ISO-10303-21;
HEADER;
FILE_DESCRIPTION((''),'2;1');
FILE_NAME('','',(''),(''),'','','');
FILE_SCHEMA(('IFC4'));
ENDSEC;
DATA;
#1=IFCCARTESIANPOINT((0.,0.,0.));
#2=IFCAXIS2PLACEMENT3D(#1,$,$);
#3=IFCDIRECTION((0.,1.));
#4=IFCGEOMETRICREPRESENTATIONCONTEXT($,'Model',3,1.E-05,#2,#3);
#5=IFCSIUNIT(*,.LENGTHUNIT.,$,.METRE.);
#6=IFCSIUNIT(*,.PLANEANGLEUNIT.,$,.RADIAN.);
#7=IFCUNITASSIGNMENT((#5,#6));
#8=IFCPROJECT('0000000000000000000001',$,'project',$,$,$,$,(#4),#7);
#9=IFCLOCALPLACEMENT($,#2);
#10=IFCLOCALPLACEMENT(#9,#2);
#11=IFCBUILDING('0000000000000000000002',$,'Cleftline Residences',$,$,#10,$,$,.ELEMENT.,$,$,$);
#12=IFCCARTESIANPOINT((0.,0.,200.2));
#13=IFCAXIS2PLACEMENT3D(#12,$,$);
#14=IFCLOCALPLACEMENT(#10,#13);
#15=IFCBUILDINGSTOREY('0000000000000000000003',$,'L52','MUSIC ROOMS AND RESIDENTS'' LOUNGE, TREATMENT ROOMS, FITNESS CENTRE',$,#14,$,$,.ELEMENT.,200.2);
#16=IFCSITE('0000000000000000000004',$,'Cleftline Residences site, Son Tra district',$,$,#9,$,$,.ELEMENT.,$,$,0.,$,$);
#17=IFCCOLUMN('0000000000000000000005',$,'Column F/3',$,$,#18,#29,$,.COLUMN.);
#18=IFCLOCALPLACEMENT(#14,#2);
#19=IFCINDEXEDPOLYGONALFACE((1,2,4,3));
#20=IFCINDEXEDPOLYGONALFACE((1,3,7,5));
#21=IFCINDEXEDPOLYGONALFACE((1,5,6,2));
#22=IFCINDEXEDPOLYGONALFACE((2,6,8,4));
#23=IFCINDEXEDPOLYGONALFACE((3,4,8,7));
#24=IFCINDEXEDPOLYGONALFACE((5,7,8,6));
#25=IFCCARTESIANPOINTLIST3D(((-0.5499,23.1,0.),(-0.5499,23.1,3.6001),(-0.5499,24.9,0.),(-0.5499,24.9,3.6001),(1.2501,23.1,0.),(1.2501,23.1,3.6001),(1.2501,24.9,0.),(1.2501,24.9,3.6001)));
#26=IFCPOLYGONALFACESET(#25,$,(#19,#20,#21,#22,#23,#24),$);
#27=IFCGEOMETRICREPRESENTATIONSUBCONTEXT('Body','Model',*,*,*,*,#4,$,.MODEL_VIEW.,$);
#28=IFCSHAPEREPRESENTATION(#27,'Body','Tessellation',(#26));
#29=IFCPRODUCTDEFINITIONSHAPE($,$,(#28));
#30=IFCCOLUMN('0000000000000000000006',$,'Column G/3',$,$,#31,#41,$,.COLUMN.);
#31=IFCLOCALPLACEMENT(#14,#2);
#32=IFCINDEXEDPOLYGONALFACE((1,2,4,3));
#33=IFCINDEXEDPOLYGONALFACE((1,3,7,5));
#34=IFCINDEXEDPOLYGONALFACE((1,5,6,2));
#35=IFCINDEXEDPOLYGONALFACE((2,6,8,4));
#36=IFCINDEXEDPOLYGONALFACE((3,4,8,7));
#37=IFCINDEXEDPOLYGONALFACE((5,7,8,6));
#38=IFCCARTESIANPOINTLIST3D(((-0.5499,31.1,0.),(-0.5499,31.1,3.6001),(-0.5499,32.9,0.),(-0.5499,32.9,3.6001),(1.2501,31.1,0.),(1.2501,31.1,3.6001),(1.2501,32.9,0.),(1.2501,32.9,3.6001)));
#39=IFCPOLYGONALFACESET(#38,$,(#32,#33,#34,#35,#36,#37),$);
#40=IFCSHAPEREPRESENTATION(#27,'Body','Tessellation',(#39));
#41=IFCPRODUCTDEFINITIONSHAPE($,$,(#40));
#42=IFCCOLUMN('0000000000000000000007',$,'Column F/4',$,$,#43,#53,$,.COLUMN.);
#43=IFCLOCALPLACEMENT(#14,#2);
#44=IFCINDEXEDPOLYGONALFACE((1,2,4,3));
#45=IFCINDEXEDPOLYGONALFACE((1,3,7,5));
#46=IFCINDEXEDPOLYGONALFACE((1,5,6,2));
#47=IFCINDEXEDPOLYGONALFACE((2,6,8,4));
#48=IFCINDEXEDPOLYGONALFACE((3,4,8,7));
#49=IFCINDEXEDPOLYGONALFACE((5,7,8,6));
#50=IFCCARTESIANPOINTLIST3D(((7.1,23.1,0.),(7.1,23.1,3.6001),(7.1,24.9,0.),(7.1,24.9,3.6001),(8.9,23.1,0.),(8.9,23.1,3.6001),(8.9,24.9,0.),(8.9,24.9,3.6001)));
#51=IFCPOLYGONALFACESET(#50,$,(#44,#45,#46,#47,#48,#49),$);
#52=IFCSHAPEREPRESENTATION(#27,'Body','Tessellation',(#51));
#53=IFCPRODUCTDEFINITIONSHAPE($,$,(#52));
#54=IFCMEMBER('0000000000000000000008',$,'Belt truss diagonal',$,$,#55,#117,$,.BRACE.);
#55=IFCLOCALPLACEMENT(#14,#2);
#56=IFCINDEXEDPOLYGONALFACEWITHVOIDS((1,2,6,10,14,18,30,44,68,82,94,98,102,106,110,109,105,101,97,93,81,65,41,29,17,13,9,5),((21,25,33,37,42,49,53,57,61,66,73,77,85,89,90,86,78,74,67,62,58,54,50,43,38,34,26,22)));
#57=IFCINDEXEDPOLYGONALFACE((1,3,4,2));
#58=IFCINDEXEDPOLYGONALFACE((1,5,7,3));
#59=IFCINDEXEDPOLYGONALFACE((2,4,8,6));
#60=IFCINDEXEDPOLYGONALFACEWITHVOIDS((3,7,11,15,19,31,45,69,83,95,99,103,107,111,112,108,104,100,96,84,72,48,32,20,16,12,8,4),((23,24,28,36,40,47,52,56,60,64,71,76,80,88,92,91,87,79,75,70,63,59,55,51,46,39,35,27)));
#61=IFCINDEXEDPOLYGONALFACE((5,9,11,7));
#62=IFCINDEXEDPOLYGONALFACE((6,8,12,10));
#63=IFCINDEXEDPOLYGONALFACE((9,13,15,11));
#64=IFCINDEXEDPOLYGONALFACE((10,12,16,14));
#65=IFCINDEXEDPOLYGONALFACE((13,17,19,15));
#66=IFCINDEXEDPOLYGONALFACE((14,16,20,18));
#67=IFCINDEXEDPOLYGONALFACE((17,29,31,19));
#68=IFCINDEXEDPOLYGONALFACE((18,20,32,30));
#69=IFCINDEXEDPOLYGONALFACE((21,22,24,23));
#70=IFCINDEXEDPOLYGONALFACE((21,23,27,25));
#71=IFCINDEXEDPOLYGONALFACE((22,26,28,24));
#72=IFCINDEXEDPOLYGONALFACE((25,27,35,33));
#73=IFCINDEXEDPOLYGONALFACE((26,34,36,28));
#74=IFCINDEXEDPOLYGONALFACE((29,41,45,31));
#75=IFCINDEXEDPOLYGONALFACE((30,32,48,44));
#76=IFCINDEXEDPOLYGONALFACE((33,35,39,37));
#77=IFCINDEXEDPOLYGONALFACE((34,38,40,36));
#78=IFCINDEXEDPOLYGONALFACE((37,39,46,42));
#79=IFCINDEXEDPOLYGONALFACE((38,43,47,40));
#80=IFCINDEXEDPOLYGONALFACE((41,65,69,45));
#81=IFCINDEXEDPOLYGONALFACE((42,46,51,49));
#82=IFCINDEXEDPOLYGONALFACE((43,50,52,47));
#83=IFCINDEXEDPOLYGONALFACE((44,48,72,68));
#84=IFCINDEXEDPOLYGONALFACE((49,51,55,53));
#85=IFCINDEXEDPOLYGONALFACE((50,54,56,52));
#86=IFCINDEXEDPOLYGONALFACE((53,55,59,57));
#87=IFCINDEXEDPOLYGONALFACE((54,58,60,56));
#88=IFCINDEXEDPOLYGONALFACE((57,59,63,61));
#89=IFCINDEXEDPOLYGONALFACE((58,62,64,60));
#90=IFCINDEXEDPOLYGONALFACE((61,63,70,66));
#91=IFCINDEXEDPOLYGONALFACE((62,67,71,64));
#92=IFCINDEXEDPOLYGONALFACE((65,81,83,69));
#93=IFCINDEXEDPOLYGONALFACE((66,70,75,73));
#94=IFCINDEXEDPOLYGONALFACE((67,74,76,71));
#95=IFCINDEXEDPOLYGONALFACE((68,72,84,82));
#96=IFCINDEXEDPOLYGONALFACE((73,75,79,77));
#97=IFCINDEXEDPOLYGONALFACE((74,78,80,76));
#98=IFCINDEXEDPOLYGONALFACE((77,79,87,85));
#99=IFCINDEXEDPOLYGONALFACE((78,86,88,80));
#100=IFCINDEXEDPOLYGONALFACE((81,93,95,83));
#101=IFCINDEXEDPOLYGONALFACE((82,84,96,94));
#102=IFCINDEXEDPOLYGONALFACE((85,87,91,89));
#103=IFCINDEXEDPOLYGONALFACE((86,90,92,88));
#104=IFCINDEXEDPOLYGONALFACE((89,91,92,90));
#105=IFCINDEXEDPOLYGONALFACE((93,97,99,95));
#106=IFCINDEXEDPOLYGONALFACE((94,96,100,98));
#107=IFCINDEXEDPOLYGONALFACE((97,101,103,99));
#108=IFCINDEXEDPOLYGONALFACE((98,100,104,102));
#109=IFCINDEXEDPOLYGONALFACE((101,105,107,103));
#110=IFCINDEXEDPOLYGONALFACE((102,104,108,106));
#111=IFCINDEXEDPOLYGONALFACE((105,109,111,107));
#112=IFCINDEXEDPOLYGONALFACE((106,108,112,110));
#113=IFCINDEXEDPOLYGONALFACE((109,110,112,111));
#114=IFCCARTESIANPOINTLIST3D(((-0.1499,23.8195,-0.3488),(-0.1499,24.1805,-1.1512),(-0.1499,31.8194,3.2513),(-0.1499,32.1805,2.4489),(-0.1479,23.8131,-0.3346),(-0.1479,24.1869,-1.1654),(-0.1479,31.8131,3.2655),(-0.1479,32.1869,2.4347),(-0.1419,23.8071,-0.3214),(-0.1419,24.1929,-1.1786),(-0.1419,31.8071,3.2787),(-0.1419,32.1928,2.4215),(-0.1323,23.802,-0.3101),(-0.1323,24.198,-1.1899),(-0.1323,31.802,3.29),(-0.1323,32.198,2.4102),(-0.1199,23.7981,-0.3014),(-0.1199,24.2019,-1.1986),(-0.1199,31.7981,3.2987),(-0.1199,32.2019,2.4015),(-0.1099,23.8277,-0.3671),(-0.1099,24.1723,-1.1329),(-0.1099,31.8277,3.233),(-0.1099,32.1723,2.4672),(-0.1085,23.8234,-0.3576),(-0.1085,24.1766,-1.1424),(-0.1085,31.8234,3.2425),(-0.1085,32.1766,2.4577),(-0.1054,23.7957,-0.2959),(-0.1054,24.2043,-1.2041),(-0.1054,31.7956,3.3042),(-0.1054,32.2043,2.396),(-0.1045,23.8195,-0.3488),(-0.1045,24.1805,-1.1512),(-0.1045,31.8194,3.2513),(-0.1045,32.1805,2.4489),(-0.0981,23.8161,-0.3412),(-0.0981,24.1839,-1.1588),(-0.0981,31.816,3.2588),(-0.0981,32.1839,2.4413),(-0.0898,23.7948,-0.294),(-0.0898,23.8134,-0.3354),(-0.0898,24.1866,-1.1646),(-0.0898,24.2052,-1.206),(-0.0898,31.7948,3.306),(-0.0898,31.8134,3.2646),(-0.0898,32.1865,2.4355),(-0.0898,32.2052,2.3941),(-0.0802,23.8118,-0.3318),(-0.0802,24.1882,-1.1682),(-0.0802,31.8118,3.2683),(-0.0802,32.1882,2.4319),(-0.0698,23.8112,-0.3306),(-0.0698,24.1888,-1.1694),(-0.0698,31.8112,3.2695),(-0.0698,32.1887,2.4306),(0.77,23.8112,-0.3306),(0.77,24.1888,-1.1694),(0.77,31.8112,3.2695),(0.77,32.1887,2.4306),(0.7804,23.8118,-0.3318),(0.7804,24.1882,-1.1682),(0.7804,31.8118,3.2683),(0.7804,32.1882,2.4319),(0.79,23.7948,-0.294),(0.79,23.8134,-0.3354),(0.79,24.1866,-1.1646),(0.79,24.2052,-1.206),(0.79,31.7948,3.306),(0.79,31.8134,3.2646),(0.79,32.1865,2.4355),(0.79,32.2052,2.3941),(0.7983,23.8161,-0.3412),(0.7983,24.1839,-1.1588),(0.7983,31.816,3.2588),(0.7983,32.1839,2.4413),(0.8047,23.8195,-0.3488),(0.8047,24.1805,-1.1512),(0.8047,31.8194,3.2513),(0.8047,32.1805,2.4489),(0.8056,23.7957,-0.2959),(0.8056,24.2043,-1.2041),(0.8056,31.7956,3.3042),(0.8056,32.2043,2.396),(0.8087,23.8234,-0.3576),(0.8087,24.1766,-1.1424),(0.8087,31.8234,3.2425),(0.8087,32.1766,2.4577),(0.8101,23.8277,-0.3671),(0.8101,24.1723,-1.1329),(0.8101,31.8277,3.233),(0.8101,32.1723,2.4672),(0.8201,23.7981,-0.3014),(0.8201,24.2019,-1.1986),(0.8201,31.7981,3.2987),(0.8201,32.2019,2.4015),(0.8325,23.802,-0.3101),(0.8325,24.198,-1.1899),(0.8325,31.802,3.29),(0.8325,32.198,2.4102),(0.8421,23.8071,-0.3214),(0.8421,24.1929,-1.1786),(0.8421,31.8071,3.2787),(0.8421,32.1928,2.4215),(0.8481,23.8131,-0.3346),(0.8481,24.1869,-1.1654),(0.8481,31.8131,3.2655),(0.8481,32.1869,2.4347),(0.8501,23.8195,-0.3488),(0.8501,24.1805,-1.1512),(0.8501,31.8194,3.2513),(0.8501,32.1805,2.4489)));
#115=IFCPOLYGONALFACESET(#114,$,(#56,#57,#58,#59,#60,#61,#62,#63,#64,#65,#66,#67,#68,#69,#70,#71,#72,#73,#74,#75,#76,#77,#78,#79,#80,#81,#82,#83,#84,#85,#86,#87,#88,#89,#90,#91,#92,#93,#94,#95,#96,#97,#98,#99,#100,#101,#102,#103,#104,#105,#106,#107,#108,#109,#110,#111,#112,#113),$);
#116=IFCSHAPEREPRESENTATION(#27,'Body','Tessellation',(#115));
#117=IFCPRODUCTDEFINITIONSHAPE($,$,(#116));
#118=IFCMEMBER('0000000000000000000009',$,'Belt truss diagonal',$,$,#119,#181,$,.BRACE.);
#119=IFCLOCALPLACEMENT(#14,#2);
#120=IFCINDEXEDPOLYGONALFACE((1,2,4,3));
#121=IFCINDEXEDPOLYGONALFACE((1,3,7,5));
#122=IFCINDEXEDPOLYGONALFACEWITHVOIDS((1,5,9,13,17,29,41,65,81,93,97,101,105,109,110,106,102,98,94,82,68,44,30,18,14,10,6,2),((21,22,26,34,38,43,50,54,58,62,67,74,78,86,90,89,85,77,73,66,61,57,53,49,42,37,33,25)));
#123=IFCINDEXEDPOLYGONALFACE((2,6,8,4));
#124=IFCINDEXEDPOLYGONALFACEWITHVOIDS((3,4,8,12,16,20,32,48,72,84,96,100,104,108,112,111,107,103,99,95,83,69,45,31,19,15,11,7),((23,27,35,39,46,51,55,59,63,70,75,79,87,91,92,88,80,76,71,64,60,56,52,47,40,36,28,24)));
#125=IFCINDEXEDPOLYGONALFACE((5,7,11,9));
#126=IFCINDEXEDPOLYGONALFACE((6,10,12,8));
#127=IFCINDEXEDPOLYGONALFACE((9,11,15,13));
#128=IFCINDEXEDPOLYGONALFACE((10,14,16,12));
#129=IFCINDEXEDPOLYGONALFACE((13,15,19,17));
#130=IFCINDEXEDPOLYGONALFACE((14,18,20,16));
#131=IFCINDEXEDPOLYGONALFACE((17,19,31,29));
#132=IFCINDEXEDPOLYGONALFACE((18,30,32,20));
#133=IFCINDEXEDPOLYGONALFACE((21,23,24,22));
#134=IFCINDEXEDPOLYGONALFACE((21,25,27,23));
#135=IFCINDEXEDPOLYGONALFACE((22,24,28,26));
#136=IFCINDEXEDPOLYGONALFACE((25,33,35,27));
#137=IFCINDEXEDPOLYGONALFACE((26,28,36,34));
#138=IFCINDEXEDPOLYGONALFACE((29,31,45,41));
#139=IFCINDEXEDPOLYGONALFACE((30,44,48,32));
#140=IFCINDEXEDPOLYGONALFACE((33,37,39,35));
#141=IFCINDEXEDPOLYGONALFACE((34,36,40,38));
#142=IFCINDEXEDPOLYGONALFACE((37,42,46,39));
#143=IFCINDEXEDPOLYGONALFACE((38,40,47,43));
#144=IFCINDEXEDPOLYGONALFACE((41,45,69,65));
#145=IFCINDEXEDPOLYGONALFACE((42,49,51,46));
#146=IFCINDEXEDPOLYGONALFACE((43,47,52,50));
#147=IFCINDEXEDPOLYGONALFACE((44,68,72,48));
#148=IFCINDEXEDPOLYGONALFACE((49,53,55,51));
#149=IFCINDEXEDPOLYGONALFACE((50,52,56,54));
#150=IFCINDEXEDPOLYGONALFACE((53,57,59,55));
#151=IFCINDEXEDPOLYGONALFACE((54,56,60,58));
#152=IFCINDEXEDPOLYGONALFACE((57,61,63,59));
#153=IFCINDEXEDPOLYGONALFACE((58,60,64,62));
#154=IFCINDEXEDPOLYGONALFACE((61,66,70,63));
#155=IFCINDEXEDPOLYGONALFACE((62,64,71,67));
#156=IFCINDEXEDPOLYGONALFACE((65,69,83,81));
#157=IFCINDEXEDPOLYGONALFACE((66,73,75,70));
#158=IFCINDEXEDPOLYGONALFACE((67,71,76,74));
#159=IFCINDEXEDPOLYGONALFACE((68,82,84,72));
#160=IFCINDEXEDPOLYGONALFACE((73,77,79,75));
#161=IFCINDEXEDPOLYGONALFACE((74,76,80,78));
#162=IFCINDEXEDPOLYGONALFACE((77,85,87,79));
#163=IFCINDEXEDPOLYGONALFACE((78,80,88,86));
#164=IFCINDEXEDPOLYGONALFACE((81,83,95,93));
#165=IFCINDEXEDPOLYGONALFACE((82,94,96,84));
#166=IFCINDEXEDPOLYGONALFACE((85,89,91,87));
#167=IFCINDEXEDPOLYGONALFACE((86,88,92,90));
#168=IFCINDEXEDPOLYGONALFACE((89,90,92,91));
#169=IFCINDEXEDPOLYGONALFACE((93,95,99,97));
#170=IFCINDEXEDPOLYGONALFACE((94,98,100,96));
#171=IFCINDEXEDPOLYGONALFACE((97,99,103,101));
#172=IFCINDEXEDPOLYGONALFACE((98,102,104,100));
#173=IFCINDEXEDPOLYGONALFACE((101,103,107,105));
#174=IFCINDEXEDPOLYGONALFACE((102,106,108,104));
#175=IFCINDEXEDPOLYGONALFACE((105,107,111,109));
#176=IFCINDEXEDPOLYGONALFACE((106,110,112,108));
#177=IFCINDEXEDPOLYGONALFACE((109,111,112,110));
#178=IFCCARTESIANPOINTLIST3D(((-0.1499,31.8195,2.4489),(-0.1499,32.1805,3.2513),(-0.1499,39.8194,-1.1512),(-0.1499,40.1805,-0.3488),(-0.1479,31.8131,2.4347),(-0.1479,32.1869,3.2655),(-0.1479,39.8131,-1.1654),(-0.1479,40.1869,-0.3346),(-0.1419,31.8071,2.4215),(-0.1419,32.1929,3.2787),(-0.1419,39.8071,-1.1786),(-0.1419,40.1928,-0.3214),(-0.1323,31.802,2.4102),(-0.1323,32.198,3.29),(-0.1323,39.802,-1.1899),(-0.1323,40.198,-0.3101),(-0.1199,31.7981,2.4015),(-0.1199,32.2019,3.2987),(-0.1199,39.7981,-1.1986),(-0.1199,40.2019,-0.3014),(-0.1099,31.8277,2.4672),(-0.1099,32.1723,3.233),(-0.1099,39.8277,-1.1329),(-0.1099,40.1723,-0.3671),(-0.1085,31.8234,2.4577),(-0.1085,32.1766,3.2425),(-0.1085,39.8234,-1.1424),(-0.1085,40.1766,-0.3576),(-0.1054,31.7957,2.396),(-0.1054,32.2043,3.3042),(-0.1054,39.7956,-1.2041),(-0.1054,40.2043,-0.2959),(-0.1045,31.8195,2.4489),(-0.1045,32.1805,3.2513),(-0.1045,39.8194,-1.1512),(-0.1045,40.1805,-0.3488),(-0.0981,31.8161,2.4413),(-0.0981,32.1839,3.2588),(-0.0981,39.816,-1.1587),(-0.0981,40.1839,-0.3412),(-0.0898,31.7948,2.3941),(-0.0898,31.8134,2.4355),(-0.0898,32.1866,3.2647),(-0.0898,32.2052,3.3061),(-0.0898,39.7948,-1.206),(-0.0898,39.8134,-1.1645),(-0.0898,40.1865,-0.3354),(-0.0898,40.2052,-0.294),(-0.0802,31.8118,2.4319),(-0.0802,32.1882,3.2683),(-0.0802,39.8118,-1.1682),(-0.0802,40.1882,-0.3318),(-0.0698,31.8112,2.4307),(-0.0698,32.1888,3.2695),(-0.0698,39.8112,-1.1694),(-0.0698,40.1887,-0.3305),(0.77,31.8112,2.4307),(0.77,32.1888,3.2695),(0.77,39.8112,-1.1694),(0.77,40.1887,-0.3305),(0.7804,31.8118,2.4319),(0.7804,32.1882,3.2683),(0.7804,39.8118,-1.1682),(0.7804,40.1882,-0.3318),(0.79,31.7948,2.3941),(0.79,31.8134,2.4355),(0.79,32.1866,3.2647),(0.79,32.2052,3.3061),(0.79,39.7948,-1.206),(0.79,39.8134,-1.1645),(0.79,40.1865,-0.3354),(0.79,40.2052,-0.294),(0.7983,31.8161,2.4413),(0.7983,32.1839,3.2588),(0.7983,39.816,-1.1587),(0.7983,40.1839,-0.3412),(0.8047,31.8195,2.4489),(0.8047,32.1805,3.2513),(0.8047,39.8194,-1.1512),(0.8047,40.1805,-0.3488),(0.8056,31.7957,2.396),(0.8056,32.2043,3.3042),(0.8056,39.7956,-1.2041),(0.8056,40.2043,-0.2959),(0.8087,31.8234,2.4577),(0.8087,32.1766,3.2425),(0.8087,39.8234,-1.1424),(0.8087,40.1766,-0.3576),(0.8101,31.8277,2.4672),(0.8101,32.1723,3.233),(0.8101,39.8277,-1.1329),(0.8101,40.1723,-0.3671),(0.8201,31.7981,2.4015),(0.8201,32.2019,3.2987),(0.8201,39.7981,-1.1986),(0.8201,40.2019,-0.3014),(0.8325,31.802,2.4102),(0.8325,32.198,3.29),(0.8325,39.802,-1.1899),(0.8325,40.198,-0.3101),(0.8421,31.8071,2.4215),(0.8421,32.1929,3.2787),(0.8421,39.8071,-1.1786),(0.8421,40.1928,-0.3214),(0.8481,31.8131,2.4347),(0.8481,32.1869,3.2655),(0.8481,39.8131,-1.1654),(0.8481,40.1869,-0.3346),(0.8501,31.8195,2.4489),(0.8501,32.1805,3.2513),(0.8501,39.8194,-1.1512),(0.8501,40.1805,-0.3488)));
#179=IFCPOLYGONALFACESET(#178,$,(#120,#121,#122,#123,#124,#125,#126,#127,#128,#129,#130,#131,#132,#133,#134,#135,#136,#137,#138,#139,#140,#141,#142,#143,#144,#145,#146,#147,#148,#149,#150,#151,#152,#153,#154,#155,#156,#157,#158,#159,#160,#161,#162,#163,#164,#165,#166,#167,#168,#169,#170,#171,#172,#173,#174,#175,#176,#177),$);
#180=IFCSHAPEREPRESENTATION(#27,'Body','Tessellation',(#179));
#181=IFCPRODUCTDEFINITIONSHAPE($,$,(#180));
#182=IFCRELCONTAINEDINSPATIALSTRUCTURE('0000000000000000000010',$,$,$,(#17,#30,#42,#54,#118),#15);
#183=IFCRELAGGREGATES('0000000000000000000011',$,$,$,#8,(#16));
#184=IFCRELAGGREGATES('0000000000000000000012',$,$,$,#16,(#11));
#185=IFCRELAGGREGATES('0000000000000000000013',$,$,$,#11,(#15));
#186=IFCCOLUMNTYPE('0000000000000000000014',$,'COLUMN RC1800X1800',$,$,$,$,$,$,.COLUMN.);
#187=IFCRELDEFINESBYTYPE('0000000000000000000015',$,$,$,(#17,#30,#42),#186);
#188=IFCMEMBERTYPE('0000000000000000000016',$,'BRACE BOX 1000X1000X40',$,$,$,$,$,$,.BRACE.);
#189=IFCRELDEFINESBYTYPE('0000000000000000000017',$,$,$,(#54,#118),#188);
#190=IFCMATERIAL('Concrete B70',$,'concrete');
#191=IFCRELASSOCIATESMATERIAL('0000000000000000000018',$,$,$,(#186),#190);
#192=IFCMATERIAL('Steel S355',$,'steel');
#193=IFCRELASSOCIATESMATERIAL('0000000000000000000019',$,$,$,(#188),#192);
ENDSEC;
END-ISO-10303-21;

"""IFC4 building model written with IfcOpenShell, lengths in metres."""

from ifc_helpers import new_model, si_unit, direction, frame, origin, origin_2d, place, context, subcontext, project, spatial, rectangle, hollow_rectangle, extrude, material, material_profile, profile_set, type_object, element, save


model = new_model("IFC4")

# Units and contexts
model_context = context("Model", 3, precision=1e-05, world=origin(), true_north=direction((0.0, 1.0)))
body_context = subcontext(model_context, "Body", "Model", "MODEL_VIEW")
ifc_project = project(units=[si_unit("LENGTHUNIT", "METRE"), si_unit("PLANEANGLEUNIT", "RADIAN")], contexts=[model_context])

# Site, building, storey
site_placement = place(None, origin())
site = spatial("IfcSite", under=ifc_project, at=site_placement, Name="Cleftline Residences site, Son Tra district", CompositionType="ELEMENT", RefElevation=0.0)
building_placement = place(site_placement, origin())
building = spatial("IfcBuilding", under=site, at=building_placement, Name="Cleftline Residences", CompositionType="ELEMENT")
storey_placement = place(building_placement, frame((0.0, 0.0, 200.2)))
storey = spatial("IfcBuildingStorey", under=building, at=storey_placement, Name="L52", Description="MUSIC ROOMS AND RESIDENTS' LOUNGE, TREATMENT ROOMS, FITNESS CENTRE", CompositionType="ELEMENT", Elevation=200.2)

# Columns
ifc_material_1 = material(Name="Concrete B70", Category="concrete")
ifc_material_profile_1 = material_profile(ifc_material_1, rectangle(XDim=1.8, YDim=1.8, at=origin_2d()))
ifc_profile_set_1 = profile_set([ifc_material_profile_1], Name="Concrete B70")
column_type = type_object("IfcColumnType", Name="COLUMN RC1800X1800", PredefinedType="COLUMN", material=ifc_profile_set_1)
for number, where, z_axis, x_axis, name in (
    (1, (0.3501, 24.0, 0.0), (0.0, 0.0, 1.0), (1.0, 0.0, 0.0), "Column F/3"),
    (2, (0.3501, 32.0, 0.0), (0.0, 0.0, 1.0), (1.0, 0.0, 0.0), "Column G/3"),
    (3, (8.0, 24.0, 0.0), (0.0, 0.0, 1.0), (1.0, 0.0, 0.0), "Column F/4"),
):
    element("IfcColumn", number, at=place(storey_placement, frame(where, z_axis=z_axis, x_axis=x_axis)), inside=storey, type_object=column_type, Name=name, PredefinedType="COLUMN", context=body_context, shape_type="SweptSolid", body=[
        extrude(rectangle(XDim=1.8, YDim=1.8, at=origin_2d()), origin(), (0.0, 0.0, 1.0), 3.6001),
    ])

# Members
ifc_material_2 = material(Name="Steel S355", Category="steel")
ifc_material_profile_2 = material_profile(ifc_material_2, hollow_rectangle(XDim=1.0, YDim=1.0, WallThickness=0.04, InnerFilletRadius=0.04, OuterFilletRadius=0.0601, at=origin_2d()))
ifc_profile_set_2 = profile_set([ifc_material_profile_2], Name="Steel S355")
member_type_1 = type_object("IfcMemberType", Name="BRACE BOX 1000X1000X40", PredefinedType="BRACE", material=ifc_profile_set_2)
for number, where, z_axis, x_axis, name in (
    (4, (0.3501, 24.0, -0.75), (0.0, 0.911917, 0.410374), (0.0, -0.410374, 0.911917), "Belt truss diagonal"),
    (5, (0.3501, 32.0, 2.8501), (0.0, 0.911917, -0.410374), (0.0, 0.410374, 0.911917), "Belt truss diagonal"),
):
    element("IfcMember", number, at=place(storey_placement, frame(where, z_axis=z_axis, x_axis=x_axis)), inside=storey, type_object=member_type_1, Name=name, PredefinedType="BRACE", context=body_context, shape_type="SweptSolid", body=[
        extrude(hollow_rectangle(XDim=1.0, YDim=1.0, WallThickness=0.04, InnerFilletRadius=0.04, OuterFilletRadius=0.0601, at=origin_2d()), origin(), (0.0, 0.0, 1.0), 8.7727),
    ])

save(model, "model.ifc")
